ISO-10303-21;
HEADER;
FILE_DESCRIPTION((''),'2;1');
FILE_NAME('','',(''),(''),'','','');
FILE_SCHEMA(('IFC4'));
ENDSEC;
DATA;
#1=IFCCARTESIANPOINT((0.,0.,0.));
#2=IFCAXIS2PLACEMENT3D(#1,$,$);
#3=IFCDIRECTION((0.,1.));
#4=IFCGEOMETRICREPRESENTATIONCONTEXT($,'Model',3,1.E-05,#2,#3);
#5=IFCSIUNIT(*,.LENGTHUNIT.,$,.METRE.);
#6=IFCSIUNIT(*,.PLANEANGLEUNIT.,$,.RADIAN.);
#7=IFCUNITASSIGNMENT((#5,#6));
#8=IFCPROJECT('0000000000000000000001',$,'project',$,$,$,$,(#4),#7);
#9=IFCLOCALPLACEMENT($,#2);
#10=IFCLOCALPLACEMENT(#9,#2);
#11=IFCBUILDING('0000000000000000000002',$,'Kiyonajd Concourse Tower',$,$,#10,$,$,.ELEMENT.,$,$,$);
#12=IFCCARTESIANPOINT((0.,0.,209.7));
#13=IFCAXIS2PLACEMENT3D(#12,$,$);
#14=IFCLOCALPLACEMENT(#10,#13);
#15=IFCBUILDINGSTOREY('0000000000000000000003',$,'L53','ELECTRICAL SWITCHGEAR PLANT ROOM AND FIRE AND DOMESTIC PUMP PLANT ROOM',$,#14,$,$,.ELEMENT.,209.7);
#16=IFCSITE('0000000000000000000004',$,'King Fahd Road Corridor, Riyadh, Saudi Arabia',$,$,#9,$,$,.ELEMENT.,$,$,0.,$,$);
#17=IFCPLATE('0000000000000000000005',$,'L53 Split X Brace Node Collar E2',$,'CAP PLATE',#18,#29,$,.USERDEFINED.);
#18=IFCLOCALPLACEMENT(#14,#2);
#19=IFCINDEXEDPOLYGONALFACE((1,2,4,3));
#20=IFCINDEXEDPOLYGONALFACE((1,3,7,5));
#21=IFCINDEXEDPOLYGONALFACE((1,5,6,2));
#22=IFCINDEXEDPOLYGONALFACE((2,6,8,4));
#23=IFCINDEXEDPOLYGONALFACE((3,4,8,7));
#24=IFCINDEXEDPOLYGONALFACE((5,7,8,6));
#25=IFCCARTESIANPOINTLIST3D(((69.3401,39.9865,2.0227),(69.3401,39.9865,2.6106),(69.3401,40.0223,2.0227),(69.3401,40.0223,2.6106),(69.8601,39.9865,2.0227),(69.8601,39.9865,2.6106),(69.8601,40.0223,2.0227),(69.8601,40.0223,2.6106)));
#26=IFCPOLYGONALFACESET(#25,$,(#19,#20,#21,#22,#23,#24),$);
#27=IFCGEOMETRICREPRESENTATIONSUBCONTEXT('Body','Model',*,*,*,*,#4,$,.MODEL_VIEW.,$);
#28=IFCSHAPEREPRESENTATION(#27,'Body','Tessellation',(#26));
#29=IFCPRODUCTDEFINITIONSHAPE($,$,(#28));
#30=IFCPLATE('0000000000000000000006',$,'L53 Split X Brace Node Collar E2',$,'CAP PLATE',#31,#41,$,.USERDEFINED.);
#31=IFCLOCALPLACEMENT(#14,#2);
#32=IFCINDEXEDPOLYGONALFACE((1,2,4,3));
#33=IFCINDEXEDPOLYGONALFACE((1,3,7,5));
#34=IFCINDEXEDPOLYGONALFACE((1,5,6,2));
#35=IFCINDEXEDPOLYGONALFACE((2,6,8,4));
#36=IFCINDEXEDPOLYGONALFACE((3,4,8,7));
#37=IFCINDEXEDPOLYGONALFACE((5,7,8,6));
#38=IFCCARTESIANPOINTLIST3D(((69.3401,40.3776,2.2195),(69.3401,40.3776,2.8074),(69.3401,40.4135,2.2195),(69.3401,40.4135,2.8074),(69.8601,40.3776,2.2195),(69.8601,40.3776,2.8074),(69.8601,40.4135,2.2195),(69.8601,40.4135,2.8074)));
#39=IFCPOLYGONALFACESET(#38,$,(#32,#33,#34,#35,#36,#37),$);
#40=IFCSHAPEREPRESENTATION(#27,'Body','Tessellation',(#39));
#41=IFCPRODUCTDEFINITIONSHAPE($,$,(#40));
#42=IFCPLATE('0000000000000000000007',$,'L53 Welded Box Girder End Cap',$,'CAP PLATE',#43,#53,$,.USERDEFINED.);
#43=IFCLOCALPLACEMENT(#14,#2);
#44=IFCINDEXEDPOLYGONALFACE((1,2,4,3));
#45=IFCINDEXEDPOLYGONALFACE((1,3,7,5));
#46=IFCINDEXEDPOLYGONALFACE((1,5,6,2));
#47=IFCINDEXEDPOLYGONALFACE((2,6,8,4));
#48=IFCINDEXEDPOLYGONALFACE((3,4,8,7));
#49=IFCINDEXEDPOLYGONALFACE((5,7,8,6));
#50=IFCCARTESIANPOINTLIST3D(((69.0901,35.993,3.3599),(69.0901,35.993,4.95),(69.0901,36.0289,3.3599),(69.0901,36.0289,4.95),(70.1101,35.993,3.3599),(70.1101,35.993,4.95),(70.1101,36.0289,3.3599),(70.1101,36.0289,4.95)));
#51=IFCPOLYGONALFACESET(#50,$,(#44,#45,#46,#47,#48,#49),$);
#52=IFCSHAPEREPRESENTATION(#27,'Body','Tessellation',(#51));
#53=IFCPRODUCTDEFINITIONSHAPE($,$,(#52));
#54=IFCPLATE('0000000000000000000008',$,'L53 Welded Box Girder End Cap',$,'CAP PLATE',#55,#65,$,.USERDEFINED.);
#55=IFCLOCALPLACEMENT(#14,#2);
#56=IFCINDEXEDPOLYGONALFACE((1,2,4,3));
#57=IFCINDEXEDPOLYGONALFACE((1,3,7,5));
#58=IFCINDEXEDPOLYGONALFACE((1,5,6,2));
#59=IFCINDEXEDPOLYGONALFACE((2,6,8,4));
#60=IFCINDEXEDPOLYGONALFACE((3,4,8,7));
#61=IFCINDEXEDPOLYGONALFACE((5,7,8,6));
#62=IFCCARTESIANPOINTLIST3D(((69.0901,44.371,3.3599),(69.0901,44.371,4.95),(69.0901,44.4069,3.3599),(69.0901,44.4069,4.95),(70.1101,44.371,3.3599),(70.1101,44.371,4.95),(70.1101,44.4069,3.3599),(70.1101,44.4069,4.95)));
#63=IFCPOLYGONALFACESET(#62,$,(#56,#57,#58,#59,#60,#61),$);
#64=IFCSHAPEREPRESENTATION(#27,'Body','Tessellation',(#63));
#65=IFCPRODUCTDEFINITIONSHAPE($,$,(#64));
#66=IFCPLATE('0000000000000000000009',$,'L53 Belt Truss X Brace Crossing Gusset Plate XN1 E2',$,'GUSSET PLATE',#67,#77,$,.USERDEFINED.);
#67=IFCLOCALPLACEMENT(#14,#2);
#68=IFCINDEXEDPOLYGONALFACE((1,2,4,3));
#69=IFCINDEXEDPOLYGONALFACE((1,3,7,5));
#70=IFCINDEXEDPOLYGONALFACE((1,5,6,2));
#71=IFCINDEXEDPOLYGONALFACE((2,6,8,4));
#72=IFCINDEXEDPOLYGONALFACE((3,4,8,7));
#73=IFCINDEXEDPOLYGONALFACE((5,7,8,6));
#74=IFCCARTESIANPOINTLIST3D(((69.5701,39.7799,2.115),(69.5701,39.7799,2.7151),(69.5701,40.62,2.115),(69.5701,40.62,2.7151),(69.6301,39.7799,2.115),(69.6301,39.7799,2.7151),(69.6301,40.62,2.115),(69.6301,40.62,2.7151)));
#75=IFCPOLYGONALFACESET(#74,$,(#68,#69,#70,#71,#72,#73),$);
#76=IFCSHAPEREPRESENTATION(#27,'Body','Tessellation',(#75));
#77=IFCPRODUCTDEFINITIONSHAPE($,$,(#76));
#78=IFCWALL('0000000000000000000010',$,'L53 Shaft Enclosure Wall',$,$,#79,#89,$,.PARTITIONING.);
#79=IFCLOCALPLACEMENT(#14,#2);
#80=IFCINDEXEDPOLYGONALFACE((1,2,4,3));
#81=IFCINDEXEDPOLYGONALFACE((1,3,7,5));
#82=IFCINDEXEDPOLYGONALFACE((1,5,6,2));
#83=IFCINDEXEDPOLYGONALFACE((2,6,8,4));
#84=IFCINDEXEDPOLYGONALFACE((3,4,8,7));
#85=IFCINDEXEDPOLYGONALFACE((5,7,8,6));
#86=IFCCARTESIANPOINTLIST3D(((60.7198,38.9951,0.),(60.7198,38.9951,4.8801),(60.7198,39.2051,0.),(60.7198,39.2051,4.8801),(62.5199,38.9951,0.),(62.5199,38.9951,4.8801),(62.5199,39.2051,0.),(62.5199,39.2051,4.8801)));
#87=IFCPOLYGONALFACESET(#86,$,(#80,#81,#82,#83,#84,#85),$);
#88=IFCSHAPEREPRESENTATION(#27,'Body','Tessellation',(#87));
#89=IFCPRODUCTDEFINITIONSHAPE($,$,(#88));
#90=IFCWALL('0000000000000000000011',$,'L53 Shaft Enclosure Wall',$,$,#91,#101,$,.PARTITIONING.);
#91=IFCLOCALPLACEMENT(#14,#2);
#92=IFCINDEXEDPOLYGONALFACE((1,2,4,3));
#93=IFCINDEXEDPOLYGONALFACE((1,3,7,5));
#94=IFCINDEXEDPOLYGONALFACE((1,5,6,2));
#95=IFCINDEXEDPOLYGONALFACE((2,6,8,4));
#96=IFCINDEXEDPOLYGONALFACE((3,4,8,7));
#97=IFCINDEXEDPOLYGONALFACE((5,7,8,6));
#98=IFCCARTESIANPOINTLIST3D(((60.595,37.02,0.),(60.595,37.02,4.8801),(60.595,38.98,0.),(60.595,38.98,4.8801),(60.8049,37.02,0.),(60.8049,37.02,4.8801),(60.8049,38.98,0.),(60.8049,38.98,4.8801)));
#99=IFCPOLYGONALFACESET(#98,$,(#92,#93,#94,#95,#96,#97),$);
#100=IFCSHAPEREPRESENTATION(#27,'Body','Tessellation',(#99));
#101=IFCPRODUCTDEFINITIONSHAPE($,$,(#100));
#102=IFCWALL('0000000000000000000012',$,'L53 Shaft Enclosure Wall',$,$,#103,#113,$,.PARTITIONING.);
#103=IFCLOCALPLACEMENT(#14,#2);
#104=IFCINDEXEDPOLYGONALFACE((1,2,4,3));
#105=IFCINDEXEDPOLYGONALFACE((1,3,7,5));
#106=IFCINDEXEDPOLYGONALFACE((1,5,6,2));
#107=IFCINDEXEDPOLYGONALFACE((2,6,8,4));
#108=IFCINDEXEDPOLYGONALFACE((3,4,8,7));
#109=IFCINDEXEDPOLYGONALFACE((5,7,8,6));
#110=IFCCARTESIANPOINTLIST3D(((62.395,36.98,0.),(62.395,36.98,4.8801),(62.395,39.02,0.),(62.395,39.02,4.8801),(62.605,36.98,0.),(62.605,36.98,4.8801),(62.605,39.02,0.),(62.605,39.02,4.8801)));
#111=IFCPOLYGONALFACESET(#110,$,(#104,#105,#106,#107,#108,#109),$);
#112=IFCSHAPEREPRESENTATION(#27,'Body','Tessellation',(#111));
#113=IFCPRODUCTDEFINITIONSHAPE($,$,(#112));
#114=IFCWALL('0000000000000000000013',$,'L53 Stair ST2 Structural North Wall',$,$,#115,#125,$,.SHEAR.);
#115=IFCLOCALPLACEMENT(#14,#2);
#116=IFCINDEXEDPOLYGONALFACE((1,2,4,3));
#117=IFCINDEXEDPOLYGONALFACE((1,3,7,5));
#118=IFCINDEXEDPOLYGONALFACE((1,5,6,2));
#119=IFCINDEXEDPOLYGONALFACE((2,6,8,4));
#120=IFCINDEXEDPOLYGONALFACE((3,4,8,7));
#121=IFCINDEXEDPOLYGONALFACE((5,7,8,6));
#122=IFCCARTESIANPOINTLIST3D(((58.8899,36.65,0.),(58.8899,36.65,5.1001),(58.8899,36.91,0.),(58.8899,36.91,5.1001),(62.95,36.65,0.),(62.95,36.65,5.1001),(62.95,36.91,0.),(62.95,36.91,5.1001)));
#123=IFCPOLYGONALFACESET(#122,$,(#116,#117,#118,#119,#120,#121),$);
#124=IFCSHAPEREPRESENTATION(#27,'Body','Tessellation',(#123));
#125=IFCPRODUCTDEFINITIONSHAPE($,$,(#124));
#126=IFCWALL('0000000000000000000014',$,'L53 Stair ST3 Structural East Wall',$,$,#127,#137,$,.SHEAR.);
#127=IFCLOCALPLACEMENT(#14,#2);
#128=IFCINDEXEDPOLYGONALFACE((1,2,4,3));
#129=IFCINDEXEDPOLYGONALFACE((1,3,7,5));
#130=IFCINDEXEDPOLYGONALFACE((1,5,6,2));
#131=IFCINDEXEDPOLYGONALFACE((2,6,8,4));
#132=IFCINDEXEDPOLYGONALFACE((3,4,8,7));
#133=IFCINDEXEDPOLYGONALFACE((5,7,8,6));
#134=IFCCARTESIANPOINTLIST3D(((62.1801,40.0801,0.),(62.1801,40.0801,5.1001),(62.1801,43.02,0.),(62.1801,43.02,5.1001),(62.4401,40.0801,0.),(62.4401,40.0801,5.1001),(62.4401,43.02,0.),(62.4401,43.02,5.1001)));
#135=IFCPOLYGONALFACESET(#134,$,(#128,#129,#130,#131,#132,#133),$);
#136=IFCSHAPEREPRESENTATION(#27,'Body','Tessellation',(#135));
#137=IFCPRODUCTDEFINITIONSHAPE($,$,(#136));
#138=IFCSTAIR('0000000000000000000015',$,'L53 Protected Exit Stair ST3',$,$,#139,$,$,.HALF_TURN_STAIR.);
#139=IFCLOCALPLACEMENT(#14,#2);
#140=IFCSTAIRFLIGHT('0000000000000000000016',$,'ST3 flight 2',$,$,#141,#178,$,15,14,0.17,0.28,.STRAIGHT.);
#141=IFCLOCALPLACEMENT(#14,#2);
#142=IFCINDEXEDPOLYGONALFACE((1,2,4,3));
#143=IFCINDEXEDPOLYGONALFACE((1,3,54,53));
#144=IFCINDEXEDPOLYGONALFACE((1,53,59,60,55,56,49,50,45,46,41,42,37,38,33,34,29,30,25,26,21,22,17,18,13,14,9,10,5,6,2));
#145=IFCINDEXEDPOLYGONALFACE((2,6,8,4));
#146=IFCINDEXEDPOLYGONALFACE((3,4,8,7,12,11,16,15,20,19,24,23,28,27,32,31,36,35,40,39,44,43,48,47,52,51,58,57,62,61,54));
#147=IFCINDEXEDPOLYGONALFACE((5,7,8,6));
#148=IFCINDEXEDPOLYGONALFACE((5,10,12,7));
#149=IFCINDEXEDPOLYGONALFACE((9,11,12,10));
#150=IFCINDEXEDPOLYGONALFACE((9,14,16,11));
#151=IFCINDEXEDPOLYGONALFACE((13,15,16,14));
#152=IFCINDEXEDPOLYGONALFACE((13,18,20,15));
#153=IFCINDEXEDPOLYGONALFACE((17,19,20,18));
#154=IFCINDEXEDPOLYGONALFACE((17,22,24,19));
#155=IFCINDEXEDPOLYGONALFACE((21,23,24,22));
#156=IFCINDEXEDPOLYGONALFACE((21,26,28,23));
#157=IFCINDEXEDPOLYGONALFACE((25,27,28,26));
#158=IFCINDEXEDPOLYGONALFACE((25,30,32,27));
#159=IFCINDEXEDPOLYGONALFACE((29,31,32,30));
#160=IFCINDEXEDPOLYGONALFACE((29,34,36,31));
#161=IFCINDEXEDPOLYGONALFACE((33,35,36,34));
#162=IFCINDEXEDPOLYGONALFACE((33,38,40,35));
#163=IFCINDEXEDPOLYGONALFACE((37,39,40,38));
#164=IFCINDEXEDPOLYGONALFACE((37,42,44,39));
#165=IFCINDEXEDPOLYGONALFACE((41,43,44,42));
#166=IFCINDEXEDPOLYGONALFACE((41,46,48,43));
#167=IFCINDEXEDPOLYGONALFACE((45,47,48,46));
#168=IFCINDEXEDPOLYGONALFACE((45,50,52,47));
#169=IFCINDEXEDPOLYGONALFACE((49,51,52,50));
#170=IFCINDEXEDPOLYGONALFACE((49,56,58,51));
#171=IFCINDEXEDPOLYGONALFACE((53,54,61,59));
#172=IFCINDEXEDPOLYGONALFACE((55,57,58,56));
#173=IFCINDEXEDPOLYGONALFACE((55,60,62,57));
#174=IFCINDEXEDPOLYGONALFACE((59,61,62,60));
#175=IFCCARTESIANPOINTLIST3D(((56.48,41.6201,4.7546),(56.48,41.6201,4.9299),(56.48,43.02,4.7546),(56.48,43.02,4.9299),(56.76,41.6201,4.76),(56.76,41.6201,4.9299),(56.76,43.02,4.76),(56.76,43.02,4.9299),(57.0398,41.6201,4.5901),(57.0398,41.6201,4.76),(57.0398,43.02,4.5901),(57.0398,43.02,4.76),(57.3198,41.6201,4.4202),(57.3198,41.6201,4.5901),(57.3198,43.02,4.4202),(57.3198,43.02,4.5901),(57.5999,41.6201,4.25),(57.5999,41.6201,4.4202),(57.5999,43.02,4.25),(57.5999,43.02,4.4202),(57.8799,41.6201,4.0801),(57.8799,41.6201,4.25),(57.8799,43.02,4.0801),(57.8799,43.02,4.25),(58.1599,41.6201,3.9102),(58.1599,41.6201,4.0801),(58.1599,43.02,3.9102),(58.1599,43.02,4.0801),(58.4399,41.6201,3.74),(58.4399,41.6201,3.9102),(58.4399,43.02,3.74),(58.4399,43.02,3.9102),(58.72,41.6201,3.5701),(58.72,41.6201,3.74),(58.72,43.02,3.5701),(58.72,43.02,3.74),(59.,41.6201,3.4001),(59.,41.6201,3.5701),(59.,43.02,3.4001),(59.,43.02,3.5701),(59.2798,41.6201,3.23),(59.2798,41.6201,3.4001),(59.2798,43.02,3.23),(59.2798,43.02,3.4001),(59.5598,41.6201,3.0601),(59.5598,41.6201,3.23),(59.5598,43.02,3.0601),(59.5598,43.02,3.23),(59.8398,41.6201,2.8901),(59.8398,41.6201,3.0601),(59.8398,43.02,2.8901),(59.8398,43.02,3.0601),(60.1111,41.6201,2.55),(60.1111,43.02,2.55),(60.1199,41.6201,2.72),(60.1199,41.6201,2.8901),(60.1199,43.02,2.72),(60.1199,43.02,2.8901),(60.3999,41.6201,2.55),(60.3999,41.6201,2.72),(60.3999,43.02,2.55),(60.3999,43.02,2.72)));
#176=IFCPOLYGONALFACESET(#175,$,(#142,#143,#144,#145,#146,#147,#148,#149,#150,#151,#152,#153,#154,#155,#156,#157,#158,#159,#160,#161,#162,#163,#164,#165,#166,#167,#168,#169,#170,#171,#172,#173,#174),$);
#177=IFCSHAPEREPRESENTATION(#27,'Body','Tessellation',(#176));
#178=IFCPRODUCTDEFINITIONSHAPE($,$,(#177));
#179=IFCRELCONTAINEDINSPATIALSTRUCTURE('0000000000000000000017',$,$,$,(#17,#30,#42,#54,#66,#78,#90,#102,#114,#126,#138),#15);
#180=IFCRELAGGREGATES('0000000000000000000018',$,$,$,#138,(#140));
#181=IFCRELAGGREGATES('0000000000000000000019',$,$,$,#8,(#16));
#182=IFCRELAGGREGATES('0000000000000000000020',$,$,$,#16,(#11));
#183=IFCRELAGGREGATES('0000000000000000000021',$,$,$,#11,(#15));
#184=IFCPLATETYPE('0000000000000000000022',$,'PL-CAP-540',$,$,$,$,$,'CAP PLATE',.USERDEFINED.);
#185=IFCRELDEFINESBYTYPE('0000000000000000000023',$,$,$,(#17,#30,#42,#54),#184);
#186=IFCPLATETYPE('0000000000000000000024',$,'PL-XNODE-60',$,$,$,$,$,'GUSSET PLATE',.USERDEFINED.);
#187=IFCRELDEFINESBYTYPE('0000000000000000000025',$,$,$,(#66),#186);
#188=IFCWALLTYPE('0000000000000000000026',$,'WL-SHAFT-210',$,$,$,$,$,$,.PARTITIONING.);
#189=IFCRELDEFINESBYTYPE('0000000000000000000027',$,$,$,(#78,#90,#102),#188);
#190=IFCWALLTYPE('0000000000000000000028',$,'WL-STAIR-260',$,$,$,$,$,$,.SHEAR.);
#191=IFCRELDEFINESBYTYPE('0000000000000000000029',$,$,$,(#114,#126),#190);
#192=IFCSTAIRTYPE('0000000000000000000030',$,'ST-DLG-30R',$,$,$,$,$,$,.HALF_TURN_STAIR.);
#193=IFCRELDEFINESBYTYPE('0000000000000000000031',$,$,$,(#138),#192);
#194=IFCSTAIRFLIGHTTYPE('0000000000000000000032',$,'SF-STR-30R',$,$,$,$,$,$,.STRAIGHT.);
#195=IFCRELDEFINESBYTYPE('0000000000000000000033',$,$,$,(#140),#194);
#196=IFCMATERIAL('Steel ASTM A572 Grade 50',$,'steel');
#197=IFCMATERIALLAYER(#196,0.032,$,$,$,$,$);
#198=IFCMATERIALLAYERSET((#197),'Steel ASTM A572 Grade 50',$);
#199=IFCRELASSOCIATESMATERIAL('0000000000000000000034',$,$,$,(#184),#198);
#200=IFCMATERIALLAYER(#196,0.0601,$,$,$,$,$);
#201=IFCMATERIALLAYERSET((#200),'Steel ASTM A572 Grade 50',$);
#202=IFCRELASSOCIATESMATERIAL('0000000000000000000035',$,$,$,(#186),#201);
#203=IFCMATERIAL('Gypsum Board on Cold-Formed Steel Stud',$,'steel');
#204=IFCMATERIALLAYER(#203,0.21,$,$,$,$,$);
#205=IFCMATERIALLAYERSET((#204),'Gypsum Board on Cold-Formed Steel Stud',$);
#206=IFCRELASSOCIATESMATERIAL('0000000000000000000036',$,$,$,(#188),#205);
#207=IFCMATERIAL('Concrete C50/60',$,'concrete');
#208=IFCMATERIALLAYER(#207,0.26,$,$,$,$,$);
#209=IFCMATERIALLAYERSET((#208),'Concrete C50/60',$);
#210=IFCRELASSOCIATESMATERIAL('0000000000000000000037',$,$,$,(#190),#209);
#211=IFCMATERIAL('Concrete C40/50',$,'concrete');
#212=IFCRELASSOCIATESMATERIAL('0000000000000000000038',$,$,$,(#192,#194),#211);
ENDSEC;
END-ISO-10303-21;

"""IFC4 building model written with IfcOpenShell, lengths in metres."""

from ifc_helpers import new_model, si_unit, direction, frame, frame_2d, origin, origin_2d, place, context, subcontext, project, spatial, polyline, rectangle, outline, extrude, material, layer, layer_set, type_object, element, aggregate, save


model = new_model("IFC4")

# Units and contexts
model_context = context("Model", 3, precision=1e-05, world=origin(), true_north=direction((0.0, 1.0)))
body_context = subcontext(model_context, "Body", "Model", "MODEL_VIEW")
ifc_project = project(units=[si_unit("LENGTHUNIT", "METRE"), si_unit("PLANEANGLEUNIT", "RADIAN")], contexts=[model_context])

# Site, building, storey
site_placement = place(None, origin())
site = spatial("IfcSite", under=ifc_project, at=site_placement, Name="King Fahd Road Corridor, Riyadh, Saudi Arabia", CompositionType="ELEMENT", RefElevation=0.0)
building_placement = place(site_placement, origin())
building = spatial("IfcBuilding", under=site, at=building_placement, Name="Kiyonajd Concourse Tower", CompositionType="ELEMENT")
storey_placement = place(building_placement, frame((0.0, 0.0, 209.7)))
storey = spatial("IfcBuildingStorey", under=building, at=storey_placement, Name="L53", Description="ELECTRICAL SWITCHGEAR PLANT ROOM AND FIRE AND DOMESTIC PUMP PLANT ROOM", CompositionType="ELEMENT", Elevation=209.7)

# Shared definitions
ifc_material_1 = material(Name="Steel ASTM A572 Grade 50", Category="steel")

# Plates
ifc_layer_1 = layer(ifc_material_1, 0.032)
ifc_layer_set_1 = layer_set([ifc_layer_1], Name="Steel ASTM A572 Grade 50")
plate_type_1 = type_object("IfcPlateType", Name="PL-CAP-540", ElementType="CAP PLATE", PredefinedType="USERDEFINED", material=ifc_layer_set_1)
for number, where, z_axis, x_axis, name in (
    (1, (69.6001, 40.0044, 2.0227), (0.0, 0.0, 1.0), (0.0, 1.0, 0.0), "L53 Split X Brace Node Collar E2"),
    (2, (69.6001, 40.3955, 2.2195), (0.0, 0.0, 1.0), (0.0, -1.0, 0.0), "L53 Split X Brace Node Collar E2"),
):
    element("IfcPlate", number, at=place(storey_placement, frame(where, z_axis=z_axis, x_axis=x_axis)), inside=storey, type_object=plate_type_1, Name=name, ObjectType="CAP PLATE", PredefinedType="USERDEFINED", context=body_context, shape_type="SweptSolid", body=[
        extrude(rectangle(XDim=0.0359, YDim=0.52, at=origin_2d()), origin(), (0.0, 0.0, 1.0), 0.5879),
    ])
for number, where, z_axis, x_axis, name in (
    (3, (69.6001, 36.011, 3.3599), (0.0, 0.0, 1.0), (0.0, 1.0, 0.0), "L53 Welded Box Girder End Cap"),
    (4, (69.6001, 44.3889, 3.3599), (0.0, 0.0, 1.0), (0.0, -1.0, 0.0), "L53 Welded Box Girder End Cap"),
):
    element("IfcPlate", number, at=place(storey_placement, frame(where, z_axis=z_axis, x_axis=x_axis)), inside=storey, type_object=plate_type_1, Name=name, ObjectType="CAP PLATE", PredefinedType="USERDEFINED", context=body_context, shape_type="SweptSolid", body=[
        extrude(rectangle(XDim=0.0359, YDim=1.02, at=origin_2d()), origin(), (0.0, 0.0, 1.0), 1.5901),
    ])
ifc_layer_2 = layer(ifc_material_1, 0.0601)
ifc_layer_set_2 = layer_set([ifc_layer_2], Name="Steel ASTM A572 Grade 50")
plate_type_2 = type_object("IfcPlateType", Name="PL-XNODE-60", ElementType="GUSSET PLATE", PredefinedType="USERDEFINED", material=ifc_layer_set_2)
plate_1_placement = place(storey_placement, frame((69.6001, 40.2, 2.115), z_axis=(0.0, 0.0, 1.0), x_axis=(1.0, 0.0, 0.0)))
element("IfcPlate", 5, at=plate_1_placement, inside=storey, type_object=plate_type_2, Name="L53 Belt Truss X Brace Crossing Gusset Plate XN1 E2", ObjectType="GUSSET PLATE", PredefinedType="USERDEFINED", context=body_context, shape_type="SweptSolid", body=[
    extrude(rectangle(XDim=0.0601, YDim=0.8401, at=origin_2d()), origin(), (0.0, 0.0, 1.0), 0.6001),
])

# Walls
ifc_material_2 = material(Name="Gypsum Board on Cold-Formed Steel Stud", Category="steel")
ifc_layer_3 = layer(ifc_material_2, 0.21)
ifc_layer_set_3 = layer_set([ifc_layer_3], Name="Gypsum Board on Cold-Formed Steel Stud")
wall_type_1 = type_object("IfcWallType", Name="WL-SHAFT-210", PredefinedType="PARTITIONING", material=ifc_layer_set_3)
wall_1_placement = place(storey_placement, frame((60.72, 39.1001, 0.0), z_axis=(0.0, 0.0, 1.0), x_axis=(1.0, 0.0, 0.0)))
element("IfcWall", 6, at=wall_1_placement, inside=storey, type_object=wall_type_1, Name="L53 Shaft Enclosure Wall", PredefinedType="PARTITIONING", context=body_context, shape_type="SweptSolid", body=[
    extrude(rectangle(XDim=1.8, YDim=0.21, at=frame_2d((0.8999, 0.0))), origin(), (0.0, 0.0, 1.0), 4.8801),
])
wall_2_placement = place(storey_placement, frame((60.7, 37.02, 0.0), z_axis=(0.0, 0.0, 1.0), x_axis=(0.0, 1.0, 0.0)))
element("IfcWall", 7, at=wall_2_placement, inside=storey, type_object=wall_type_1, Name="L53 Shaft Enclosure Wall", PredefinedType="PARTITIONING", context=body_context, shape_type="SweptSolid", body=[
    extrude(rectangle(XDim=1.96, YDim=0.21, at=frame_2d((0.98, 0.0))), origin(), (0.0, 0.0, 1.0), 4.8801),
])
wall_3_placement = place(storey_placement, frame((62.5, 36.98, 0.0), z_axis=(0.0, 0.0, 1.0), x_axis=(0.0, 1.0, 0.0)))
element("IfcWall", 8, at=wall_3_placement, inside=storey, type_object=wall_type_1, Name="L53 Shaft Enclosure Wall", PredefinedType="PARTITIONING", context=body_context, shape_type="SweptSolid", body=[
    extrude(rectangle(XDim=2.04, YDim=0.21, at=frame_2d((1.02, 0.0))), origin(), (0.0, 0.0, 1.0), 4.8801),
])
ifc_material_3 = material(Name="Concrete C50/60", Category="concrete")
ifc_layer_4 = layer(ifc_material_3, 0.26)
ifc_layer_set_4 = layer_set([ifc_layer_4], Name="Concrete C50/60")
wall_type_2 = type_object("IfcWallType", Name="WL-STAIR-260", PredefinedType="SHEAR", material=ifc_layer_set_4)
wall_4_placement = place(storey_placement, frame((58.8899, 36.78, 0.0), z_axis=(0.0, 0.0, 1.0), x_axis=(1.0, 0.0, 0.0)))
element("IfcWall", 9, at=wall_4_placement, inside=storey, type_object=wall_type_2, Name="L53 Stair ST2 Structural North Wall", PredefinedType="SHEAR", context=body_context, shape_type="SweptSolid", body=[
    extrude(rectangle(XDim=4.0601, YDim=0.26, at=frame_2d((2.03, 0.0))), origin(), (0.0, 0.0, 1.0), 5.1001),
])
wall_5_placement = place(storey_placement, frame((62.3101, 40.0801, 0.0), z_axis=(0.0, 0.0, 1.0), x_axis=(0.0, 1.0, 0.0)))
element("IfcWall", 10, at=wall_5_placement, inside=storey, type_object=wall_type_2, Name="L53 Stair ST3 Structural East Wall", PredefinedType="SHEAR", context=body_context, shape_type="SweptSolid", body=[
    extrude(rectangle(XDim=2.9399, YDim=0.26, at=frame_2d((1.47, 0.0))), origin(), (0.0, 0.0, 1.0), 5.1001),
])

# Stair, stair flight
ifc_material_4 = material(Name="Concrete C40/50", Category="concrete")
stair_type = type_object("IfcStairType", Name="ST-DLG-30R", PredefinedType="HALF_TURN_STAIR", material=ifc_material_4)
stair_placement = place(storey_placement, origin())
stair = element("IfcStair", 11, at=stair_placement, inside=storey, type_object=stair_type, Name="L53 Protected Exit Stair ST3", PredefinedType="HALF_TURN_STAIR")
stair_flight_type = type_object("IfcStairFlightType", Name="SF-STR-30R", PredefinedType="STRAIGHT", material=ifc_material_4)
stair_flight_placement = place(storey_placement, frame((60.3999, 42.3201, 2.55), z_axis=(0.0, 0.0, 1.0), x_axis=(-1.0, 0.0, 0.0)))
stair_flight = element("IfcStairFlight", 12, at=stair_flight_placement, type_object=stair_flight_type, Name="ST3 flight 2", NumberOfRisers=15, NumberOfTreads=14, PredefinedType="STRAIGHT", RiserHeight=0.17, TreadLength=0.28, context=body_context, shape_type="SweptSolid", body=[
    extrude(outline(polyline([(0.0, 0.0), (0.0, 0.1699), (0.28, 0.1699), (0.28, 0.3401), (0.5601, 0.3401), (0.5601, 0.51), (0.8401, 0.51), (0.8401, 0.6799), (1.1201, 0.6799), (1.1201, 0.8501), (1.3999, 0.8501), (1.3999, 1.02), (1.6799, 1.02), (1.6799, 1.1899), (1.96, 1.1899), (1.96, 1.3601), (2.24, 1.3601), (2.24, 1.53), (2.52, 1.53), (2.52, 1.7), (2.8, 1.7), (2.8, 1.8701), (3.0801, 1.8701), (3.0801, 2.04), (3.3601, 2.04), (3.3601, 2.21), (3.6399, 2.21), (3.6399, 2.3799), (3.9199, 2.3799), (3.9199, 2.55), (3.9199, 2.2046), (0.2888, 0.0), (0.0, 0.0)])), frame((0.0, 0.7, 0.0), z_axis=(0.0, -1.0, 0.0), x_axis=(1.0, 0.0, 0.0)), (0.0, 0.0, 1.0), 1.3999),
])
aggregate(stair, [stair_flight])

save(model, "model.ifc")
